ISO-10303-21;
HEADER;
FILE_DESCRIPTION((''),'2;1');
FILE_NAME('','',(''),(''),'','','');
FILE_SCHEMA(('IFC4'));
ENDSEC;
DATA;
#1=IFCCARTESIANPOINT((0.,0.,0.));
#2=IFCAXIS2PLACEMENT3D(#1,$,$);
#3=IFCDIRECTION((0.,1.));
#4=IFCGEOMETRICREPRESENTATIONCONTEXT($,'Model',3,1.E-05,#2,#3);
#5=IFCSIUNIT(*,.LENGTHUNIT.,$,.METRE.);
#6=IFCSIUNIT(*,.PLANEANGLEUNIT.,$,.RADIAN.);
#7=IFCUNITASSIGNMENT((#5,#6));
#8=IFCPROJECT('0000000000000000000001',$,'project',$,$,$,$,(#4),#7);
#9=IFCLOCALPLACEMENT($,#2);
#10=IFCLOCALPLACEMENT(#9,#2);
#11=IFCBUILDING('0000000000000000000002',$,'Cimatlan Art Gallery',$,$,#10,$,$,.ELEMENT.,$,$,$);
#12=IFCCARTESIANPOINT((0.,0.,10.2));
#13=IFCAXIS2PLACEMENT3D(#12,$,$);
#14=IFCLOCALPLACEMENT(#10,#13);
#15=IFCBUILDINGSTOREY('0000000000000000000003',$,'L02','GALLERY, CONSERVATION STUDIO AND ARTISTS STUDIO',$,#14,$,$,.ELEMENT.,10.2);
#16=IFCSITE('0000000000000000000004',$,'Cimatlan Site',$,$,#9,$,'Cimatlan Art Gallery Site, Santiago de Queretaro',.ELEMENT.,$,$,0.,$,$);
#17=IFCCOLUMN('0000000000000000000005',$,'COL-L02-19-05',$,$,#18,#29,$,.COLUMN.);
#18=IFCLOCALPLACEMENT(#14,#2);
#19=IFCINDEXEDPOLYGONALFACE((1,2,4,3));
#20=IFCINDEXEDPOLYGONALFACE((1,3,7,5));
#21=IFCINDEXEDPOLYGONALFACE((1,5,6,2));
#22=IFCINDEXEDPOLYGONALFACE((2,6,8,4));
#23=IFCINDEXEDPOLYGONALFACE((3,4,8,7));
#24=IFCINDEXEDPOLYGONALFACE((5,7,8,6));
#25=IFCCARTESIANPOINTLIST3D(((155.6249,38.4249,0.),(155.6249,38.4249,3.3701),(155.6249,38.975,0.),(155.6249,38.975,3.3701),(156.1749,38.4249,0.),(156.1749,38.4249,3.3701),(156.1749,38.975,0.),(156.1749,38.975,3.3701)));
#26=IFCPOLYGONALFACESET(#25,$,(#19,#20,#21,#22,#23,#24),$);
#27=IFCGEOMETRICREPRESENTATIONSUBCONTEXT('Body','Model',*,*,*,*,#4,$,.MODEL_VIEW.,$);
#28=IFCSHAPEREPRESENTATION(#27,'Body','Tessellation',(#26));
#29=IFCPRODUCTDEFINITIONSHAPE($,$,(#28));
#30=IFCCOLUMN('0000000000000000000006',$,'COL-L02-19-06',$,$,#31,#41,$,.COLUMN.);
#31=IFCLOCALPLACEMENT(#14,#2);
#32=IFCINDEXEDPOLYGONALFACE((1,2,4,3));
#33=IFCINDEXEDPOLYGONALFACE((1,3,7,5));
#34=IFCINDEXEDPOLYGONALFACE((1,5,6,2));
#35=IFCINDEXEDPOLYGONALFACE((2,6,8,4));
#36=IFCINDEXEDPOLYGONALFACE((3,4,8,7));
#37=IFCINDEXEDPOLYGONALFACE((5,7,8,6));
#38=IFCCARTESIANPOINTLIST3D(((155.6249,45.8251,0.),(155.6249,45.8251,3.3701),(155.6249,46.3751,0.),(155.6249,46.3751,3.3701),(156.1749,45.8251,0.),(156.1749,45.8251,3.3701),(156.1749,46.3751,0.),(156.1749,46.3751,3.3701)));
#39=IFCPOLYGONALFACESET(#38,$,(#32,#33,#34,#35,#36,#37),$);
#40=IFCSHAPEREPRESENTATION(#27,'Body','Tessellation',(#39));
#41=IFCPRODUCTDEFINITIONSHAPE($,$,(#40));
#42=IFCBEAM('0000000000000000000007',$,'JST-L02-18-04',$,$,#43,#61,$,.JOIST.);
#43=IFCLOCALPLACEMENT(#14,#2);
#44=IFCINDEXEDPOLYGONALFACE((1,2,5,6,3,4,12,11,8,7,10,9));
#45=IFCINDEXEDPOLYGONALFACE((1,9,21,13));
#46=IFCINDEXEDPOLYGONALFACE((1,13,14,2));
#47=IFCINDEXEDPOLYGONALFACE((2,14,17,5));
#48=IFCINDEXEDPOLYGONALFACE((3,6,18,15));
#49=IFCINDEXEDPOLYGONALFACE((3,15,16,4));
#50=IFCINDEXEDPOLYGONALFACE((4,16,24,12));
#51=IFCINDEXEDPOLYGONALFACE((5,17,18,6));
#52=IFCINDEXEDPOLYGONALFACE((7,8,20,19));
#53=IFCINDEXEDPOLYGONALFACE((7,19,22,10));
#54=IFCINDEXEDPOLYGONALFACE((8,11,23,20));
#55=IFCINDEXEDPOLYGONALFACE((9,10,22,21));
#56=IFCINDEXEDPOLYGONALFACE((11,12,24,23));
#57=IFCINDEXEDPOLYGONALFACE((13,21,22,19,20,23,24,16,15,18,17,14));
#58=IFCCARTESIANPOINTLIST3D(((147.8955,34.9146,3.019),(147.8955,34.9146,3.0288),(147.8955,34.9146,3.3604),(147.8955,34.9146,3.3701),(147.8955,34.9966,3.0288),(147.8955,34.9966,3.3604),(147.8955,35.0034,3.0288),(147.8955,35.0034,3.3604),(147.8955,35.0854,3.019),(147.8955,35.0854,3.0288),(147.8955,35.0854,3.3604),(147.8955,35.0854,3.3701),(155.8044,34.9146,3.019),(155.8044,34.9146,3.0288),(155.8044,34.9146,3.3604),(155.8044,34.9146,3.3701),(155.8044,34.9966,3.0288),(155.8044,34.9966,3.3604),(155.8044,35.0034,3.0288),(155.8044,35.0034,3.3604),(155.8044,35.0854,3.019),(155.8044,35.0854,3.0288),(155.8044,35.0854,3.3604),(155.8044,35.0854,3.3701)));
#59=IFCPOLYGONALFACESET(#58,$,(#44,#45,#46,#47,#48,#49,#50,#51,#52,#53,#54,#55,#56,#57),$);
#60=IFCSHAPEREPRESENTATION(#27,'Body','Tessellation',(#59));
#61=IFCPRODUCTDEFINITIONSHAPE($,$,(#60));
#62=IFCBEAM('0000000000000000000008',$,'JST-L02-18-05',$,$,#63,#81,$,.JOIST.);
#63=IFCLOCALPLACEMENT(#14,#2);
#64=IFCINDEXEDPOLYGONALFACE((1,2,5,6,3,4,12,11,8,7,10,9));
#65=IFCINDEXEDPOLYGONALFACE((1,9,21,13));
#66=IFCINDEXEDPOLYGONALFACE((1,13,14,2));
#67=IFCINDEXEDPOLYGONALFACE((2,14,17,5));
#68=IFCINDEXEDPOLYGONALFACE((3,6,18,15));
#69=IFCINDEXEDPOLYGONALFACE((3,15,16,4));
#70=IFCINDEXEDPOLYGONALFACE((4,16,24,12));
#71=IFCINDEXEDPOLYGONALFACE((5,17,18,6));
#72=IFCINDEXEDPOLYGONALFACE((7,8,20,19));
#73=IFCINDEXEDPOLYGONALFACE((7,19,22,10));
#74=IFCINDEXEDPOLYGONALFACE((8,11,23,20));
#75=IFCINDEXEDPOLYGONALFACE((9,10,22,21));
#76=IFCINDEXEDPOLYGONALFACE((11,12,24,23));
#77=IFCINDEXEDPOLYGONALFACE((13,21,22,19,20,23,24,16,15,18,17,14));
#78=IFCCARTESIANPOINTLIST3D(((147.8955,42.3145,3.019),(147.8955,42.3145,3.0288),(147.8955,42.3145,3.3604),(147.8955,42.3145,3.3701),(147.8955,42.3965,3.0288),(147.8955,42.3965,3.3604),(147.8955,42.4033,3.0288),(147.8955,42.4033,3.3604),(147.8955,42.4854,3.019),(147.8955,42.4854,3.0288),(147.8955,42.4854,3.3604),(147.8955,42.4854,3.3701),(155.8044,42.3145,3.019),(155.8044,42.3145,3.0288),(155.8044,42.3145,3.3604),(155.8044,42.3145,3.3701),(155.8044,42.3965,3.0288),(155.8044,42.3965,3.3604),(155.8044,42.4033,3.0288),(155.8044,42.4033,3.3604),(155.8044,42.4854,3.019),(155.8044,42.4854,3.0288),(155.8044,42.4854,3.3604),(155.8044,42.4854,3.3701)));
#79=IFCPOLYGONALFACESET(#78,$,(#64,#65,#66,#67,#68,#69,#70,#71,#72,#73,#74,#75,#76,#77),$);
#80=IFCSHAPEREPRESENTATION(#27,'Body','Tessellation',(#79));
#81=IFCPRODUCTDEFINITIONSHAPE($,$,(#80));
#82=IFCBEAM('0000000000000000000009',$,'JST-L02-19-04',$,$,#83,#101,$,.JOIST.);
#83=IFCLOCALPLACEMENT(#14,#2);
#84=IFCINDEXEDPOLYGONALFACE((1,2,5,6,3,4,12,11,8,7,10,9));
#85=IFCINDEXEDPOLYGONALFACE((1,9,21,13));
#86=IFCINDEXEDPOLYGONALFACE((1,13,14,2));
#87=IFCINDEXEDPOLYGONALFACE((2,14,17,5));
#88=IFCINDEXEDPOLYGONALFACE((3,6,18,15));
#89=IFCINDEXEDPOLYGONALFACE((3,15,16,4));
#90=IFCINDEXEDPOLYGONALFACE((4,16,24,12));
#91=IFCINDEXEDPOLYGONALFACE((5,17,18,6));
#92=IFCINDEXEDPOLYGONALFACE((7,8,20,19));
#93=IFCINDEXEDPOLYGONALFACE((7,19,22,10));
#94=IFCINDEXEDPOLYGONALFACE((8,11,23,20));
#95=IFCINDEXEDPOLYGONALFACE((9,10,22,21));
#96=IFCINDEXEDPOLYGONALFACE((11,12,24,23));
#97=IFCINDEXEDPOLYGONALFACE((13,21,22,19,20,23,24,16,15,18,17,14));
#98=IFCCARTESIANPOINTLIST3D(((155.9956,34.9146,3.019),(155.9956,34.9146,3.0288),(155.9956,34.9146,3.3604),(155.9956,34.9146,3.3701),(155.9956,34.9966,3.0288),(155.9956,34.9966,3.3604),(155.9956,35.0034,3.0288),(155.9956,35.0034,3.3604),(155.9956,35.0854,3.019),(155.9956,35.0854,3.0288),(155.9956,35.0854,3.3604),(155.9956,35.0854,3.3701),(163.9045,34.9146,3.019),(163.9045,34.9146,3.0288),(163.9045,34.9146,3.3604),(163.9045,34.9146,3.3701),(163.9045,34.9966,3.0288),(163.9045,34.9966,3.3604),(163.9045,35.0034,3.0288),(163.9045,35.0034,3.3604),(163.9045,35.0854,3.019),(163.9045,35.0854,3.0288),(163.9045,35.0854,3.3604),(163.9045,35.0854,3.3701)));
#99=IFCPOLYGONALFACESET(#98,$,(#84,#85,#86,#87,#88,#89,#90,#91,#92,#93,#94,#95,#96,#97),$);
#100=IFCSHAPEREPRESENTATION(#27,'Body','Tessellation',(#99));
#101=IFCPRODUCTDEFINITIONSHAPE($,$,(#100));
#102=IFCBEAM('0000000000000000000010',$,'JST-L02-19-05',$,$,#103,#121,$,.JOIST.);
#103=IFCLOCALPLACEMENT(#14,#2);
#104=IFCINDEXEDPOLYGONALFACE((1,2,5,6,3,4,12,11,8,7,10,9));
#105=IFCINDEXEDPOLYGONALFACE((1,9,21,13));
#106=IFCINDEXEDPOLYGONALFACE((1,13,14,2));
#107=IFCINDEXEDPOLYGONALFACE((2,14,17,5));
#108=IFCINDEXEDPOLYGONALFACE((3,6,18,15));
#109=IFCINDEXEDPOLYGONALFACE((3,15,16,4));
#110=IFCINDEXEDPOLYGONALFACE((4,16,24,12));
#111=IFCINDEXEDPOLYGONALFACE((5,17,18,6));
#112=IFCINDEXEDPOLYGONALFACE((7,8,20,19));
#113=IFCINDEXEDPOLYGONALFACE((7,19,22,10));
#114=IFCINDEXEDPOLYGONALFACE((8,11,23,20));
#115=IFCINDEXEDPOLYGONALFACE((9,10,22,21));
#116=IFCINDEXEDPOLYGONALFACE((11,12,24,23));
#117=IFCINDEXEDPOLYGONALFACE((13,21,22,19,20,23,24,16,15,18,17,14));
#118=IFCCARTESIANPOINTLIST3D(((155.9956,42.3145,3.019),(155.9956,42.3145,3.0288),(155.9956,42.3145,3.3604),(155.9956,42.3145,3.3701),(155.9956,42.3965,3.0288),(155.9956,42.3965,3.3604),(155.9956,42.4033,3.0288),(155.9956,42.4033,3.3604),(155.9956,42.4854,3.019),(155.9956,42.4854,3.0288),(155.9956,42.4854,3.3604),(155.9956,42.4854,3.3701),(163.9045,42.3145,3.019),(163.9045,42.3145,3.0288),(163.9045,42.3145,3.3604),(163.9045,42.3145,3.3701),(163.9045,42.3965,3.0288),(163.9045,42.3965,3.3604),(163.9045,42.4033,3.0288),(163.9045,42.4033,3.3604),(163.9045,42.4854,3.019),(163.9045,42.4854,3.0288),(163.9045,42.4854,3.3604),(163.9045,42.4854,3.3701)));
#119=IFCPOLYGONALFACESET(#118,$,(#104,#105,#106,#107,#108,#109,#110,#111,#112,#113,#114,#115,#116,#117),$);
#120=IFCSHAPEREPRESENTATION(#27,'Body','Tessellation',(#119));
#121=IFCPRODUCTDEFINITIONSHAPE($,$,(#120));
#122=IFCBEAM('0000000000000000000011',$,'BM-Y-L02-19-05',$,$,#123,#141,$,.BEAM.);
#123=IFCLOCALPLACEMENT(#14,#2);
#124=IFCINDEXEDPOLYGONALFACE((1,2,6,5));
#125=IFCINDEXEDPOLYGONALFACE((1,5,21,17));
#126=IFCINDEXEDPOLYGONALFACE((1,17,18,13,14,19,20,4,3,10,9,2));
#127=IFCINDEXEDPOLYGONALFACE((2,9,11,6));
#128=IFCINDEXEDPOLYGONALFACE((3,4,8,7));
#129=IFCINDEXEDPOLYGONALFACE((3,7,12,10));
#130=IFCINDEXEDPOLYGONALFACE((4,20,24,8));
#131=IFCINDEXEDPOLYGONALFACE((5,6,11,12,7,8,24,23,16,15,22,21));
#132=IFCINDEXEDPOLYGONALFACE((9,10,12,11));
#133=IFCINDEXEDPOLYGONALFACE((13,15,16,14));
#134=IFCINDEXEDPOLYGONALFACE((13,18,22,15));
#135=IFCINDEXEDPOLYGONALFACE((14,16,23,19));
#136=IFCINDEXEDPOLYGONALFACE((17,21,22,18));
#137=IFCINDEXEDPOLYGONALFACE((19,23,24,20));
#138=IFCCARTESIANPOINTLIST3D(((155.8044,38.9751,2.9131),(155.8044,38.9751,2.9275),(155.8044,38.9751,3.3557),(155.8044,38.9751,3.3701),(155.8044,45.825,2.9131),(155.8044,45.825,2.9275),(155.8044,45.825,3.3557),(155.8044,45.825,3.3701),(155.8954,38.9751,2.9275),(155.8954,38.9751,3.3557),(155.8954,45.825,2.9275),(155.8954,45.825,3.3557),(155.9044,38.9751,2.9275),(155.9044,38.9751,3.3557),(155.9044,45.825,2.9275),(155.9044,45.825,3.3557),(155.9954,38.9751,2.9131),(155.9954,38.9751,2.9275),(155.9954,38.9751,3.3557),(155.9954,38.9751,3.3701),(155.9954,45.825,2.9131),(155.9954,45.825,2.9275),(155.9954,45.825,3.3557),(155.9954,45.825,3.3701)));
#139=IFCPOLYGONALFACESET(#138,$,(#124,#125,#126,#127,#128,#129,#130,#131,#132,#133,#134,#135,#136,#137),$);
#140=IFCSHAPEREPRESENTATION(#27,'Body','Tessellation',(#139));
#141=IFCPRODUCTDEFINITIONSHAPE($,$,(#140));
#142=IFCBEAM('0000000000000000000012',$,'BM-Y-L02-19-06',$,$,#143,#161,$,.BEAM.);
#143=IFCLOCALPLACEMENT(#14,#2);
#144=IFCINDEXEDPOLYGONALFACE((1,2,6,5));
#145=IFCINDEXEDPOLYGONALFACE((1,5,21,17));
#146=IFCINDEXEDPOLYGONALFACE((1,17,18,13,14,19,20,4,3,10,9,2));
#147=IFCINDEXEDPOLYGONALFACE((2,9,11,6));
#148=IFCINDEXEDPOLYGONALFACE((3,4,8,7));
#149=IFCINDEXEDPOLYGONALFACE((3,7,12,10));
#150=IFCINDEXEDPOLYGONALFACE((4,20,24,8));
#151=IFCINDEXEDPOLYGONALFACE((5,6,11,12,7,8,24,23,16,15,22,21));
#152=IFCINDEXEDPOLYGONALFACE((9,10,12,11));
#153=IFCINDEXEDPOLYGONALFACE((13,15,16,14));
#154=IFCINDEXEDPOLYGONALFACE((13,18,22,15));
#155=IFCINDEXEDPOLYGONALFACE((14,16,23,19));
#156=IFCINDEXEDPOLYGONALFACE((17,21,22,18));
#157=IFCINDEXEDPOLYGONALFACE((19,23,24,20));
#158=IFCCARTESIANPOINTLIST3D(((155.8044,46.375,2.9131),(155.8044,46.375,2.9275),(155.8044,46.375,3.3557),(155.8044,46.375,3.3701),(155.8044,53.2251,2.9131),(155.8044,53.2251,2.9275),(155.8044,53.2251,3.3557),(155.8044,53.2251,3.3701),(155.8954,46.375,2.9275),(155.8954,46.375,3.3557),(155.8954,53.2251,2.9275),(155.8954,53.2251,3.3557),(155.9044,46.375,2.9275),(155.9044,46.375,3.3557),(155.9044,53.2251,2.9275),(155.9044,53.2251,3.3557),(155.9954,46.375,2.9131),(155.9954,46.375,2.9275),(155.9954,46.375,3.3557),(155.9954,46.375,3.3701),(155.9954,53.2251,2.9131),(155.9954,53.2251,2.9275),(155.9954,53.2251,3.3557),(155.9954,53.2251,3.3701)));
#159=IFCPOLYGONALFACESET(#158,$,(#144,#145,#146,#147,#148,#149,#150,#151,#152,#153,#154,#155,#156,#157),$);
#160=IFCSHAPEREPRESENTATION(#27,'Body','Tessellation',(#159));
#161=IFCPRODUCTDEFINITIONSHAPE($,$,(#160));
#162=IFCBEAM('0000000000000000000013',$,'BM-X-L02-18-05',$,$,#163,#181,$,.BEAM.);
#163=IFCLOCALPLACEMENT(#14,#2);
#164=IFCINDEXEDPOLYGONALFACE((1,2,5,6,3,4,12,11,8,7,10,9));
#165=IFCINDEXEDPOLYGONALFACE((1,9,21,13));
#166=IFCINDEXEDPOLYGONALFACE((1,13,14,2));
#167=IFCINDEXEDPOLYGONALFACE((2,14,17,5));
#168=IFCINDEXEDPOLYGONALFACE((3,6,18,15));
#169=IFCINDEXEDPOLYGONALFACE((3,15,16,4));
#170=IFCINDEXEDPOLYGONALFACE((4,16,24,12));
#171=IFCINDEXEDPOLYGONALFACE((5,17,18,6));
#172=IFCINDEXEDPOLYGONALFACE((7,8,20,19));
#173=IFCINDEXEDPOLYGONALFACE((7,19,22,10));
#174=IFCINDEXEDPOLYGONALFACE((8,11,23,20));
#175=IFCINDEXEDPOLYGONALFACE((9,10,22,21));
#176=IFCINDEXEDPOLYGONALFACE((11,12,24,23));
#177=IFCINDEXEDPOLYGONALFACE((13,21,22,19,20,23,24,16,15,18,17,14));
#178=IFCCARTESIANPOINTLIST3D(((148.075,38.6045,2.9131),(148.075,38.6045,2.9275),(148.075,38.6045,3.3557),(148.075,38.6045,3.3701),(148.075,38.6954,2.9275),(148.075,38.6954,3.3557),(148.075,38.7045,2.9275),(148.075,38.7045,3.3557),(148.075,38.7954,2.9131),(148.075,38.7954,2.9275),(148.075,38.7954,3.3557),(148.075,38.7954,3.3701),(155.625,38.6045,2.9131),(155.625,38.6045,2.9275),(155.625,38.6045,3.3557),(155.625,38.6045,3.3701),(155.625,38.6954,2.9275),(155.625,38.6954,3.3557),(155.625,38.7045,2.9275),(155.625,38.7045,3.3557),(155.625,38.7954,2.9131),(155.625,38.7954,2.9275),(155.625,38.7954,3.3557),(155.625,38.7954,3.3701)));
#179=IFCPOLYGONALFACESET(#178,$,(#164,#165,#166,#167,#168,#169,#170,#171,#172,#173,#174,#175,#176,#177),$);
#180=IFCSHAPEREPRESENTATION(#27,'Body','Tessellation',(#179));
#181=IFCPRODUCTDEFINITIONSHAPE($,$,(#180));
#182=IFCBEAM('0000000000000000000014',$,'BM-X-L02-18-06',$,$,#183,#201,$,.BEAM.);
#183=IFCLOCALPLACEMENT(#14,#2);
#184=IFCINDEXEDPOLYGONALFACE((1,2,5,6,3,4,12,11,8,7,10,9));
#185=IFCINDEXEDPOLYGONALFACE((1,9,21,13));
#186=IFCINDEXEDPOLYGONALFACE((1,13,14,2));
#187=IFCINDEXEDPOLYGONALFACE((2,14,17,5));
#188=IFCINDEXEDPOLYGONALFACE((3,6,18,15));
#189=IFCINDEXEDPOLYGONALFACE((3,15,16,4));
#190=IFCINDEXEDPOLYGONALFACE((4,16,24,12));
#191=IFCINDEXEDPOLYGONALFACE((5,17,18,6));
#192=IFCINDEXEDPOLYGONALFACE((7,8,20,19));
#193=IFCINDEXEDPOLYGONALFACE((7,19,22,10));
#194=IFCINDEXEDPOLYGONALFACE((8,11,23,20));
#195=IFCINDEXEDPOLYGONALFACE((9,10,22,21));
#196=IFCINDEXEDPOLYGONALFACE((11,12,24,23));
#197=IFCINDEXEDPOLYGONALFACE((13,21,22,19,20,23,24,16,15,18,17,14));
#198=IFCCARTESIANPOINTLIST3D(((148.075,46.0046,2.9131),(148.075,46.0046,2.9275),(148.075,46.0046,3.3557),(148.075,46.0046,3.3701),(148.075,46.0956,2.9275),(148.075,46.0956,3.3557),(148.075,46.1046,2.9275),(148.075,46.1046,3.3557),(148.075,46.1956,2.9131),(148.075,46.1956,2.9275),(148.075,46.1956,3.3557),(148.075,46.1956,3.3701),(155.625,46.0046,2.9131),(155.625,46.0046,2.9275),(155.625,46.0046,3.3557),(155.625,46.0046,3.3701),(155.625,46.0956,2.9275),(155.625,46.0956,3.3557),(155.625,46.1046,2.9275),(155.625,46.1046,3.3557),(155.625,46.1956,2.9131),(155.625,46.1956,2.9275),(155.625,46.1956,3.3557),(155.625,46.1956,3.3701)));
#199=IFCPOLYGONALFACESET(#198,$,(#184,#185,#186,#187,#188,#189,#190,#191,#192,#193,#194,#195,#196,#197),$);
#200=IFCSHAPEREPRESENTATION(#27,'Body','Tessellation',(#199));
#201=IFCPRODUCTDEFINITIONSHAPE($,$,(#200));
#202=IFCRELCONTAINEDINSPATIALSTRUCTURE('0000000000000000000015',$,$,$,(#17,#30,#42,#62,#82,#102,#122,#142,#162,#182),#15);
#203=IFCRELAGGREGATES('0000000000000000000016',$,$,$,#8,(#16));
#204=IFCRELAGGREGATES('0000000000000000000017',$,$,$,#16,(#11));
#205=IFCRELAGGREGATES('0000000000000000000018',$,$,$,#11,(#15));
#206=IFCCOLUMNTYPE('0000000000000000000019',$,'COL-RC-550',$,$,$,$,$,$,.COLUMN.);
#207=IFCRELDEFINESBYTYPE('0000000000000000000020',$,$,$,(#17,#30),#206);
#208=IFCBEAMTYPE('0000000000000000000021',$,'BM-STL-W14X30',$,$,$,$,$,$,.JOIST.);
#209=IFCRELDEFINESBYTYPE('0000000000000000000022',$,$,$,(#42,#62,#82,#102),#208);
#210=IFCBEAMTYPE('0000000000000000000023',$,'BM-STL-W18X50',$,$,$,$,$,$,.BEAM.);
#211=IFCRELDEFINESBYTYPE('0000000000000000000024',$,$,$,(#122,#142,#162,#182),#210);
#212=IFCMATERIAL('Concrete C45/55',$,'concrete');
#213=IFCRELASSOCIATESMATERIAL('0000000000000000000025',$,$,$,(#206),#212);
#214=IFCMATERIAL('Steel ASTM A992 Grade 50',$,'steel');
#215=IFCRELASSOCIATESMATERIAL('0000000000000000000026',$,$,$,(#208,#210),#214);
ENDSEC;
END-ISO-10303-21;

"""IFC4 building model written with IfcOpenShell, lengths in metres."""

from ifc_helpers import new_model, si_unit, direction, frame, origin, origin_2d, place, context, subcontext, project, spatial, rectangle, i_section, extrude, material, material_profile, profile_set, type_object, element, save


model = new_model("IFC4")

# Units and contexts
model_context = context("Model", 3, precision=1e-05, world=origin(), true_north=direction((0.0, 1.0)))
body_context = subcontext(model_context, "Body", "Model", "MODEL_VIEW")
ifc_project = project(units=[si_unit("LENGTHUNIT", "METRE"), si_unit("PLANEANGLEUNIT", "RADIAN")], contexts=[model_context])

# Site, building, storey
site_placement = place(None, origin())
site = spatial("IfcSite", under=ifc_project, at=site_placement, Name="Cimatlan Site", LongName="Cimatlan Art Gallery Site, Santiago de Queretaro", CompositionType="ELEMENT", RefElevation=0.0)
building_placement = place(site_placement, origin())
building = spatial("IfcBuilding", under=site, at=building_placement, Name="Cimatlan Art Gallery", CompositionType="ELEMENT")
storey_placement = place(building_placement, frame((0.0, 0.0, 10.2)))
storey = spatial("IfcBuildingStorey", under=building, at=storey_placement, Name="L02", Description="GALLERY, CONSERVATION STUDIO AND ARTISTS STUDIO", CompositionType="ELEMENT", Elevation=10.2)

# Columns
ifc_material_1 = material(Name="Concrete C45/55", Category="concrete")
ifc_material_profile_1 = material_profile(ifc_material_1, rectangle(XDim=0.55, YDim=0.55, at=origin_2d()), Name="RC550X550")
ifc_profile_set_1 = profile_set([ifc_material_profile_1], Name="Concrete C45/55")
column_type = type_object("IfcColumnType", Name="COL-RC-550", PredefinedType="COLUMN", material=ifc_profile_set_1)
for number, where, z_axis, x_axis, name in (
    (1, (155.8999, 38.7, 0.0), (0.0, 0.0, 1.0), (1.0, 0.0, 0.0), "COL-L02-19-05"),
    (2, (155.8999, 46.1001, 0.0), (0.0, 0.0, 1.0), (1.0, 0.0, 0.0), "COL-L02-19-06"),
):
    element("IfcColumn", number, at=place(storey_placement, frame(where, z_axis=z_axis, x_axis=x_axis)), inside=storey, type_object=column_type, Name=name, PredefinedType="COLUMN", context=body_context, shape_type="SweptSolid", body=[
        extrude(rectangle(XDim=0.55, YDim=0.55, at=origin_2d()), origin(), (0.0, 0.0, 1.0), 3.3701),
    ])

# Beams
ifc_material_2 = material(Name="Steel ASTM A992 Grade 50", Category="steel")
ifc_material_profile_2 = material_profile(ifc_material_2, i_section(OverallWidth=0.1709, OverallDepth=0.3511, WebThickness=0.0068, FlangeThickness=0.0098, at=origin_2d()), Name="W14X30")
ifc_profile_set_2 = profile_set([ifc_material_profile_2], Name="Steel ASTM A992 Grade 50")
beam_type_1 = type_object("IfcBeamType", Name="BM-STL-W14X30", PredefinedType="JOIST", material=ifc_profile_set_2)
for number, where, z_axis, x_axis, name in (
    (3, (147.8955, 35.0, 3.1946), (1.0, 0.0, 0.0), (0.0, 1.0, 0.0), "JST-L02-18-04"),
    (4, (147.8955, 42.3999, 3.1946), (1.0, 0.0, 0.0), (0.0, 1.0, 0.0), "JST-L02-18-05"),
    (5, (155.9956, 35.0, 3.1946), (1.0, 0.0, 0.0), (0.0, 1.0, 0.0), "JST-L02-19-04"),
    (6, (155.9956, 42.3999, 3.1946), (1.0, 0.0, 0.0), (0.0, 1.0, 0.0), "JST-L02-19-05"),
):
    element("IfcBeam", number, at=place(storey_placement, frame(where, z_axis=z_axis, x_axis=x_axis)), inside=storey, type_object=beam_type_1, Name=name, PredefinedType="JOIST", context=body_context, shape_type="SweptSolid", body=[
        extrude(i_section(OverallWidth=0.1709, OverallDepth=0.3511, WebThickness=0.0068, FlangeThickness=0.0098, at=origin_2d()), origin(), (0.0, 0.0, 1.0), 7.9089),
    ])
ifc_material_profile_3 = material_profile(ifc_material_2, i_section(OverallWidth=0.1909, OverallDepth=0.457, WebThickness=0.009, FlangeThickness=0.0144, at=origin_2d()), Name="W18X50")
ifc_profile_set_3 = profile_set([ifc_material_profile_3], Name="Steel ASTM A992 Grade 50")
beam_type_2 = type_object("IfcBeamType", Name="BM-STL-W18X50", PredefinedType="BEAM", material=ifc_profile_set_3)
beam_1_placement = place(storey_placement, frame((155.8999, 38.9751, 3.1416), z_axis=(0.0, 1.0, 0.0), x_axis=(-1.0, 0.0, 0.0)))
element("IfcBeam", 7, at=beam_1_placement, inside=storey, type_object=beam_type_2, Name="BM-Y-L02-19-05", PredefinedType="BEAM", context=body_context, shape_type="SweptSolid", body=[
    extrude(i_section(OverallWidth=0.1909, OverallDepth=0.457, WebThickness=0.009, FlangeThickness=0.0144, at=origin_2d()), origin(), (0.0, 0.0, 1.0), 6.8499),
])
beam_2_placement = place(storey_placement, frame((155.8999, 46.375, 3.1416), z_axis=(0.0, 1.0, 0.0), x_axis=(-1.0, 0.0, 0.0)))
element("IfcBeam", 8, at=beam_2_placement, inside=storey, type_object=beam_type_2, Name="BM-Y-L02-19-06", PredefinedType="BEAM", context=body_context, shape_type="SweptSolid", body=[
    extrude(i_section(OverallWidth=0.1909, OverallDepth=0.457, WebThickness=0.009, FlangeThickness=0.0144, at=origin_2d()), origin(), (0.0, 0.0, 1.0), 6.8501),
])
for number, where, z_axis, x_axis, name in (
    (9, (148.075, 38.7, 3.1416), (1.0, 0.0, 0.0), (0.0, 1.0, 0.0), "BM-X-L02-18-05"),
    (10, (148.075, 46.1001, 3.1416), (1.0, 0.0, 0.0), (0.0, 1.0, 0.0), "BM-X-L02-18-06"),
):
    element("IfcBeam", number, at=place(storey_placement, frame(where, z_axis=z_axis, x_axis=x_axis)), inside=storey, type_object=beam_type_2, Name=name, PredefinedType="BEAM", context=body_context, shape_type="SweptSolid", body=[
        extrude(i_section(OverallWidth=0.1909, OverallDepth=0.457, WebThickness=0.009, FlangeThickness=0.0144, at=origin_2d()), origin(), (0.0, 0.0, 1.0), 7.55),
    ])

save(model, "model.ifc")
